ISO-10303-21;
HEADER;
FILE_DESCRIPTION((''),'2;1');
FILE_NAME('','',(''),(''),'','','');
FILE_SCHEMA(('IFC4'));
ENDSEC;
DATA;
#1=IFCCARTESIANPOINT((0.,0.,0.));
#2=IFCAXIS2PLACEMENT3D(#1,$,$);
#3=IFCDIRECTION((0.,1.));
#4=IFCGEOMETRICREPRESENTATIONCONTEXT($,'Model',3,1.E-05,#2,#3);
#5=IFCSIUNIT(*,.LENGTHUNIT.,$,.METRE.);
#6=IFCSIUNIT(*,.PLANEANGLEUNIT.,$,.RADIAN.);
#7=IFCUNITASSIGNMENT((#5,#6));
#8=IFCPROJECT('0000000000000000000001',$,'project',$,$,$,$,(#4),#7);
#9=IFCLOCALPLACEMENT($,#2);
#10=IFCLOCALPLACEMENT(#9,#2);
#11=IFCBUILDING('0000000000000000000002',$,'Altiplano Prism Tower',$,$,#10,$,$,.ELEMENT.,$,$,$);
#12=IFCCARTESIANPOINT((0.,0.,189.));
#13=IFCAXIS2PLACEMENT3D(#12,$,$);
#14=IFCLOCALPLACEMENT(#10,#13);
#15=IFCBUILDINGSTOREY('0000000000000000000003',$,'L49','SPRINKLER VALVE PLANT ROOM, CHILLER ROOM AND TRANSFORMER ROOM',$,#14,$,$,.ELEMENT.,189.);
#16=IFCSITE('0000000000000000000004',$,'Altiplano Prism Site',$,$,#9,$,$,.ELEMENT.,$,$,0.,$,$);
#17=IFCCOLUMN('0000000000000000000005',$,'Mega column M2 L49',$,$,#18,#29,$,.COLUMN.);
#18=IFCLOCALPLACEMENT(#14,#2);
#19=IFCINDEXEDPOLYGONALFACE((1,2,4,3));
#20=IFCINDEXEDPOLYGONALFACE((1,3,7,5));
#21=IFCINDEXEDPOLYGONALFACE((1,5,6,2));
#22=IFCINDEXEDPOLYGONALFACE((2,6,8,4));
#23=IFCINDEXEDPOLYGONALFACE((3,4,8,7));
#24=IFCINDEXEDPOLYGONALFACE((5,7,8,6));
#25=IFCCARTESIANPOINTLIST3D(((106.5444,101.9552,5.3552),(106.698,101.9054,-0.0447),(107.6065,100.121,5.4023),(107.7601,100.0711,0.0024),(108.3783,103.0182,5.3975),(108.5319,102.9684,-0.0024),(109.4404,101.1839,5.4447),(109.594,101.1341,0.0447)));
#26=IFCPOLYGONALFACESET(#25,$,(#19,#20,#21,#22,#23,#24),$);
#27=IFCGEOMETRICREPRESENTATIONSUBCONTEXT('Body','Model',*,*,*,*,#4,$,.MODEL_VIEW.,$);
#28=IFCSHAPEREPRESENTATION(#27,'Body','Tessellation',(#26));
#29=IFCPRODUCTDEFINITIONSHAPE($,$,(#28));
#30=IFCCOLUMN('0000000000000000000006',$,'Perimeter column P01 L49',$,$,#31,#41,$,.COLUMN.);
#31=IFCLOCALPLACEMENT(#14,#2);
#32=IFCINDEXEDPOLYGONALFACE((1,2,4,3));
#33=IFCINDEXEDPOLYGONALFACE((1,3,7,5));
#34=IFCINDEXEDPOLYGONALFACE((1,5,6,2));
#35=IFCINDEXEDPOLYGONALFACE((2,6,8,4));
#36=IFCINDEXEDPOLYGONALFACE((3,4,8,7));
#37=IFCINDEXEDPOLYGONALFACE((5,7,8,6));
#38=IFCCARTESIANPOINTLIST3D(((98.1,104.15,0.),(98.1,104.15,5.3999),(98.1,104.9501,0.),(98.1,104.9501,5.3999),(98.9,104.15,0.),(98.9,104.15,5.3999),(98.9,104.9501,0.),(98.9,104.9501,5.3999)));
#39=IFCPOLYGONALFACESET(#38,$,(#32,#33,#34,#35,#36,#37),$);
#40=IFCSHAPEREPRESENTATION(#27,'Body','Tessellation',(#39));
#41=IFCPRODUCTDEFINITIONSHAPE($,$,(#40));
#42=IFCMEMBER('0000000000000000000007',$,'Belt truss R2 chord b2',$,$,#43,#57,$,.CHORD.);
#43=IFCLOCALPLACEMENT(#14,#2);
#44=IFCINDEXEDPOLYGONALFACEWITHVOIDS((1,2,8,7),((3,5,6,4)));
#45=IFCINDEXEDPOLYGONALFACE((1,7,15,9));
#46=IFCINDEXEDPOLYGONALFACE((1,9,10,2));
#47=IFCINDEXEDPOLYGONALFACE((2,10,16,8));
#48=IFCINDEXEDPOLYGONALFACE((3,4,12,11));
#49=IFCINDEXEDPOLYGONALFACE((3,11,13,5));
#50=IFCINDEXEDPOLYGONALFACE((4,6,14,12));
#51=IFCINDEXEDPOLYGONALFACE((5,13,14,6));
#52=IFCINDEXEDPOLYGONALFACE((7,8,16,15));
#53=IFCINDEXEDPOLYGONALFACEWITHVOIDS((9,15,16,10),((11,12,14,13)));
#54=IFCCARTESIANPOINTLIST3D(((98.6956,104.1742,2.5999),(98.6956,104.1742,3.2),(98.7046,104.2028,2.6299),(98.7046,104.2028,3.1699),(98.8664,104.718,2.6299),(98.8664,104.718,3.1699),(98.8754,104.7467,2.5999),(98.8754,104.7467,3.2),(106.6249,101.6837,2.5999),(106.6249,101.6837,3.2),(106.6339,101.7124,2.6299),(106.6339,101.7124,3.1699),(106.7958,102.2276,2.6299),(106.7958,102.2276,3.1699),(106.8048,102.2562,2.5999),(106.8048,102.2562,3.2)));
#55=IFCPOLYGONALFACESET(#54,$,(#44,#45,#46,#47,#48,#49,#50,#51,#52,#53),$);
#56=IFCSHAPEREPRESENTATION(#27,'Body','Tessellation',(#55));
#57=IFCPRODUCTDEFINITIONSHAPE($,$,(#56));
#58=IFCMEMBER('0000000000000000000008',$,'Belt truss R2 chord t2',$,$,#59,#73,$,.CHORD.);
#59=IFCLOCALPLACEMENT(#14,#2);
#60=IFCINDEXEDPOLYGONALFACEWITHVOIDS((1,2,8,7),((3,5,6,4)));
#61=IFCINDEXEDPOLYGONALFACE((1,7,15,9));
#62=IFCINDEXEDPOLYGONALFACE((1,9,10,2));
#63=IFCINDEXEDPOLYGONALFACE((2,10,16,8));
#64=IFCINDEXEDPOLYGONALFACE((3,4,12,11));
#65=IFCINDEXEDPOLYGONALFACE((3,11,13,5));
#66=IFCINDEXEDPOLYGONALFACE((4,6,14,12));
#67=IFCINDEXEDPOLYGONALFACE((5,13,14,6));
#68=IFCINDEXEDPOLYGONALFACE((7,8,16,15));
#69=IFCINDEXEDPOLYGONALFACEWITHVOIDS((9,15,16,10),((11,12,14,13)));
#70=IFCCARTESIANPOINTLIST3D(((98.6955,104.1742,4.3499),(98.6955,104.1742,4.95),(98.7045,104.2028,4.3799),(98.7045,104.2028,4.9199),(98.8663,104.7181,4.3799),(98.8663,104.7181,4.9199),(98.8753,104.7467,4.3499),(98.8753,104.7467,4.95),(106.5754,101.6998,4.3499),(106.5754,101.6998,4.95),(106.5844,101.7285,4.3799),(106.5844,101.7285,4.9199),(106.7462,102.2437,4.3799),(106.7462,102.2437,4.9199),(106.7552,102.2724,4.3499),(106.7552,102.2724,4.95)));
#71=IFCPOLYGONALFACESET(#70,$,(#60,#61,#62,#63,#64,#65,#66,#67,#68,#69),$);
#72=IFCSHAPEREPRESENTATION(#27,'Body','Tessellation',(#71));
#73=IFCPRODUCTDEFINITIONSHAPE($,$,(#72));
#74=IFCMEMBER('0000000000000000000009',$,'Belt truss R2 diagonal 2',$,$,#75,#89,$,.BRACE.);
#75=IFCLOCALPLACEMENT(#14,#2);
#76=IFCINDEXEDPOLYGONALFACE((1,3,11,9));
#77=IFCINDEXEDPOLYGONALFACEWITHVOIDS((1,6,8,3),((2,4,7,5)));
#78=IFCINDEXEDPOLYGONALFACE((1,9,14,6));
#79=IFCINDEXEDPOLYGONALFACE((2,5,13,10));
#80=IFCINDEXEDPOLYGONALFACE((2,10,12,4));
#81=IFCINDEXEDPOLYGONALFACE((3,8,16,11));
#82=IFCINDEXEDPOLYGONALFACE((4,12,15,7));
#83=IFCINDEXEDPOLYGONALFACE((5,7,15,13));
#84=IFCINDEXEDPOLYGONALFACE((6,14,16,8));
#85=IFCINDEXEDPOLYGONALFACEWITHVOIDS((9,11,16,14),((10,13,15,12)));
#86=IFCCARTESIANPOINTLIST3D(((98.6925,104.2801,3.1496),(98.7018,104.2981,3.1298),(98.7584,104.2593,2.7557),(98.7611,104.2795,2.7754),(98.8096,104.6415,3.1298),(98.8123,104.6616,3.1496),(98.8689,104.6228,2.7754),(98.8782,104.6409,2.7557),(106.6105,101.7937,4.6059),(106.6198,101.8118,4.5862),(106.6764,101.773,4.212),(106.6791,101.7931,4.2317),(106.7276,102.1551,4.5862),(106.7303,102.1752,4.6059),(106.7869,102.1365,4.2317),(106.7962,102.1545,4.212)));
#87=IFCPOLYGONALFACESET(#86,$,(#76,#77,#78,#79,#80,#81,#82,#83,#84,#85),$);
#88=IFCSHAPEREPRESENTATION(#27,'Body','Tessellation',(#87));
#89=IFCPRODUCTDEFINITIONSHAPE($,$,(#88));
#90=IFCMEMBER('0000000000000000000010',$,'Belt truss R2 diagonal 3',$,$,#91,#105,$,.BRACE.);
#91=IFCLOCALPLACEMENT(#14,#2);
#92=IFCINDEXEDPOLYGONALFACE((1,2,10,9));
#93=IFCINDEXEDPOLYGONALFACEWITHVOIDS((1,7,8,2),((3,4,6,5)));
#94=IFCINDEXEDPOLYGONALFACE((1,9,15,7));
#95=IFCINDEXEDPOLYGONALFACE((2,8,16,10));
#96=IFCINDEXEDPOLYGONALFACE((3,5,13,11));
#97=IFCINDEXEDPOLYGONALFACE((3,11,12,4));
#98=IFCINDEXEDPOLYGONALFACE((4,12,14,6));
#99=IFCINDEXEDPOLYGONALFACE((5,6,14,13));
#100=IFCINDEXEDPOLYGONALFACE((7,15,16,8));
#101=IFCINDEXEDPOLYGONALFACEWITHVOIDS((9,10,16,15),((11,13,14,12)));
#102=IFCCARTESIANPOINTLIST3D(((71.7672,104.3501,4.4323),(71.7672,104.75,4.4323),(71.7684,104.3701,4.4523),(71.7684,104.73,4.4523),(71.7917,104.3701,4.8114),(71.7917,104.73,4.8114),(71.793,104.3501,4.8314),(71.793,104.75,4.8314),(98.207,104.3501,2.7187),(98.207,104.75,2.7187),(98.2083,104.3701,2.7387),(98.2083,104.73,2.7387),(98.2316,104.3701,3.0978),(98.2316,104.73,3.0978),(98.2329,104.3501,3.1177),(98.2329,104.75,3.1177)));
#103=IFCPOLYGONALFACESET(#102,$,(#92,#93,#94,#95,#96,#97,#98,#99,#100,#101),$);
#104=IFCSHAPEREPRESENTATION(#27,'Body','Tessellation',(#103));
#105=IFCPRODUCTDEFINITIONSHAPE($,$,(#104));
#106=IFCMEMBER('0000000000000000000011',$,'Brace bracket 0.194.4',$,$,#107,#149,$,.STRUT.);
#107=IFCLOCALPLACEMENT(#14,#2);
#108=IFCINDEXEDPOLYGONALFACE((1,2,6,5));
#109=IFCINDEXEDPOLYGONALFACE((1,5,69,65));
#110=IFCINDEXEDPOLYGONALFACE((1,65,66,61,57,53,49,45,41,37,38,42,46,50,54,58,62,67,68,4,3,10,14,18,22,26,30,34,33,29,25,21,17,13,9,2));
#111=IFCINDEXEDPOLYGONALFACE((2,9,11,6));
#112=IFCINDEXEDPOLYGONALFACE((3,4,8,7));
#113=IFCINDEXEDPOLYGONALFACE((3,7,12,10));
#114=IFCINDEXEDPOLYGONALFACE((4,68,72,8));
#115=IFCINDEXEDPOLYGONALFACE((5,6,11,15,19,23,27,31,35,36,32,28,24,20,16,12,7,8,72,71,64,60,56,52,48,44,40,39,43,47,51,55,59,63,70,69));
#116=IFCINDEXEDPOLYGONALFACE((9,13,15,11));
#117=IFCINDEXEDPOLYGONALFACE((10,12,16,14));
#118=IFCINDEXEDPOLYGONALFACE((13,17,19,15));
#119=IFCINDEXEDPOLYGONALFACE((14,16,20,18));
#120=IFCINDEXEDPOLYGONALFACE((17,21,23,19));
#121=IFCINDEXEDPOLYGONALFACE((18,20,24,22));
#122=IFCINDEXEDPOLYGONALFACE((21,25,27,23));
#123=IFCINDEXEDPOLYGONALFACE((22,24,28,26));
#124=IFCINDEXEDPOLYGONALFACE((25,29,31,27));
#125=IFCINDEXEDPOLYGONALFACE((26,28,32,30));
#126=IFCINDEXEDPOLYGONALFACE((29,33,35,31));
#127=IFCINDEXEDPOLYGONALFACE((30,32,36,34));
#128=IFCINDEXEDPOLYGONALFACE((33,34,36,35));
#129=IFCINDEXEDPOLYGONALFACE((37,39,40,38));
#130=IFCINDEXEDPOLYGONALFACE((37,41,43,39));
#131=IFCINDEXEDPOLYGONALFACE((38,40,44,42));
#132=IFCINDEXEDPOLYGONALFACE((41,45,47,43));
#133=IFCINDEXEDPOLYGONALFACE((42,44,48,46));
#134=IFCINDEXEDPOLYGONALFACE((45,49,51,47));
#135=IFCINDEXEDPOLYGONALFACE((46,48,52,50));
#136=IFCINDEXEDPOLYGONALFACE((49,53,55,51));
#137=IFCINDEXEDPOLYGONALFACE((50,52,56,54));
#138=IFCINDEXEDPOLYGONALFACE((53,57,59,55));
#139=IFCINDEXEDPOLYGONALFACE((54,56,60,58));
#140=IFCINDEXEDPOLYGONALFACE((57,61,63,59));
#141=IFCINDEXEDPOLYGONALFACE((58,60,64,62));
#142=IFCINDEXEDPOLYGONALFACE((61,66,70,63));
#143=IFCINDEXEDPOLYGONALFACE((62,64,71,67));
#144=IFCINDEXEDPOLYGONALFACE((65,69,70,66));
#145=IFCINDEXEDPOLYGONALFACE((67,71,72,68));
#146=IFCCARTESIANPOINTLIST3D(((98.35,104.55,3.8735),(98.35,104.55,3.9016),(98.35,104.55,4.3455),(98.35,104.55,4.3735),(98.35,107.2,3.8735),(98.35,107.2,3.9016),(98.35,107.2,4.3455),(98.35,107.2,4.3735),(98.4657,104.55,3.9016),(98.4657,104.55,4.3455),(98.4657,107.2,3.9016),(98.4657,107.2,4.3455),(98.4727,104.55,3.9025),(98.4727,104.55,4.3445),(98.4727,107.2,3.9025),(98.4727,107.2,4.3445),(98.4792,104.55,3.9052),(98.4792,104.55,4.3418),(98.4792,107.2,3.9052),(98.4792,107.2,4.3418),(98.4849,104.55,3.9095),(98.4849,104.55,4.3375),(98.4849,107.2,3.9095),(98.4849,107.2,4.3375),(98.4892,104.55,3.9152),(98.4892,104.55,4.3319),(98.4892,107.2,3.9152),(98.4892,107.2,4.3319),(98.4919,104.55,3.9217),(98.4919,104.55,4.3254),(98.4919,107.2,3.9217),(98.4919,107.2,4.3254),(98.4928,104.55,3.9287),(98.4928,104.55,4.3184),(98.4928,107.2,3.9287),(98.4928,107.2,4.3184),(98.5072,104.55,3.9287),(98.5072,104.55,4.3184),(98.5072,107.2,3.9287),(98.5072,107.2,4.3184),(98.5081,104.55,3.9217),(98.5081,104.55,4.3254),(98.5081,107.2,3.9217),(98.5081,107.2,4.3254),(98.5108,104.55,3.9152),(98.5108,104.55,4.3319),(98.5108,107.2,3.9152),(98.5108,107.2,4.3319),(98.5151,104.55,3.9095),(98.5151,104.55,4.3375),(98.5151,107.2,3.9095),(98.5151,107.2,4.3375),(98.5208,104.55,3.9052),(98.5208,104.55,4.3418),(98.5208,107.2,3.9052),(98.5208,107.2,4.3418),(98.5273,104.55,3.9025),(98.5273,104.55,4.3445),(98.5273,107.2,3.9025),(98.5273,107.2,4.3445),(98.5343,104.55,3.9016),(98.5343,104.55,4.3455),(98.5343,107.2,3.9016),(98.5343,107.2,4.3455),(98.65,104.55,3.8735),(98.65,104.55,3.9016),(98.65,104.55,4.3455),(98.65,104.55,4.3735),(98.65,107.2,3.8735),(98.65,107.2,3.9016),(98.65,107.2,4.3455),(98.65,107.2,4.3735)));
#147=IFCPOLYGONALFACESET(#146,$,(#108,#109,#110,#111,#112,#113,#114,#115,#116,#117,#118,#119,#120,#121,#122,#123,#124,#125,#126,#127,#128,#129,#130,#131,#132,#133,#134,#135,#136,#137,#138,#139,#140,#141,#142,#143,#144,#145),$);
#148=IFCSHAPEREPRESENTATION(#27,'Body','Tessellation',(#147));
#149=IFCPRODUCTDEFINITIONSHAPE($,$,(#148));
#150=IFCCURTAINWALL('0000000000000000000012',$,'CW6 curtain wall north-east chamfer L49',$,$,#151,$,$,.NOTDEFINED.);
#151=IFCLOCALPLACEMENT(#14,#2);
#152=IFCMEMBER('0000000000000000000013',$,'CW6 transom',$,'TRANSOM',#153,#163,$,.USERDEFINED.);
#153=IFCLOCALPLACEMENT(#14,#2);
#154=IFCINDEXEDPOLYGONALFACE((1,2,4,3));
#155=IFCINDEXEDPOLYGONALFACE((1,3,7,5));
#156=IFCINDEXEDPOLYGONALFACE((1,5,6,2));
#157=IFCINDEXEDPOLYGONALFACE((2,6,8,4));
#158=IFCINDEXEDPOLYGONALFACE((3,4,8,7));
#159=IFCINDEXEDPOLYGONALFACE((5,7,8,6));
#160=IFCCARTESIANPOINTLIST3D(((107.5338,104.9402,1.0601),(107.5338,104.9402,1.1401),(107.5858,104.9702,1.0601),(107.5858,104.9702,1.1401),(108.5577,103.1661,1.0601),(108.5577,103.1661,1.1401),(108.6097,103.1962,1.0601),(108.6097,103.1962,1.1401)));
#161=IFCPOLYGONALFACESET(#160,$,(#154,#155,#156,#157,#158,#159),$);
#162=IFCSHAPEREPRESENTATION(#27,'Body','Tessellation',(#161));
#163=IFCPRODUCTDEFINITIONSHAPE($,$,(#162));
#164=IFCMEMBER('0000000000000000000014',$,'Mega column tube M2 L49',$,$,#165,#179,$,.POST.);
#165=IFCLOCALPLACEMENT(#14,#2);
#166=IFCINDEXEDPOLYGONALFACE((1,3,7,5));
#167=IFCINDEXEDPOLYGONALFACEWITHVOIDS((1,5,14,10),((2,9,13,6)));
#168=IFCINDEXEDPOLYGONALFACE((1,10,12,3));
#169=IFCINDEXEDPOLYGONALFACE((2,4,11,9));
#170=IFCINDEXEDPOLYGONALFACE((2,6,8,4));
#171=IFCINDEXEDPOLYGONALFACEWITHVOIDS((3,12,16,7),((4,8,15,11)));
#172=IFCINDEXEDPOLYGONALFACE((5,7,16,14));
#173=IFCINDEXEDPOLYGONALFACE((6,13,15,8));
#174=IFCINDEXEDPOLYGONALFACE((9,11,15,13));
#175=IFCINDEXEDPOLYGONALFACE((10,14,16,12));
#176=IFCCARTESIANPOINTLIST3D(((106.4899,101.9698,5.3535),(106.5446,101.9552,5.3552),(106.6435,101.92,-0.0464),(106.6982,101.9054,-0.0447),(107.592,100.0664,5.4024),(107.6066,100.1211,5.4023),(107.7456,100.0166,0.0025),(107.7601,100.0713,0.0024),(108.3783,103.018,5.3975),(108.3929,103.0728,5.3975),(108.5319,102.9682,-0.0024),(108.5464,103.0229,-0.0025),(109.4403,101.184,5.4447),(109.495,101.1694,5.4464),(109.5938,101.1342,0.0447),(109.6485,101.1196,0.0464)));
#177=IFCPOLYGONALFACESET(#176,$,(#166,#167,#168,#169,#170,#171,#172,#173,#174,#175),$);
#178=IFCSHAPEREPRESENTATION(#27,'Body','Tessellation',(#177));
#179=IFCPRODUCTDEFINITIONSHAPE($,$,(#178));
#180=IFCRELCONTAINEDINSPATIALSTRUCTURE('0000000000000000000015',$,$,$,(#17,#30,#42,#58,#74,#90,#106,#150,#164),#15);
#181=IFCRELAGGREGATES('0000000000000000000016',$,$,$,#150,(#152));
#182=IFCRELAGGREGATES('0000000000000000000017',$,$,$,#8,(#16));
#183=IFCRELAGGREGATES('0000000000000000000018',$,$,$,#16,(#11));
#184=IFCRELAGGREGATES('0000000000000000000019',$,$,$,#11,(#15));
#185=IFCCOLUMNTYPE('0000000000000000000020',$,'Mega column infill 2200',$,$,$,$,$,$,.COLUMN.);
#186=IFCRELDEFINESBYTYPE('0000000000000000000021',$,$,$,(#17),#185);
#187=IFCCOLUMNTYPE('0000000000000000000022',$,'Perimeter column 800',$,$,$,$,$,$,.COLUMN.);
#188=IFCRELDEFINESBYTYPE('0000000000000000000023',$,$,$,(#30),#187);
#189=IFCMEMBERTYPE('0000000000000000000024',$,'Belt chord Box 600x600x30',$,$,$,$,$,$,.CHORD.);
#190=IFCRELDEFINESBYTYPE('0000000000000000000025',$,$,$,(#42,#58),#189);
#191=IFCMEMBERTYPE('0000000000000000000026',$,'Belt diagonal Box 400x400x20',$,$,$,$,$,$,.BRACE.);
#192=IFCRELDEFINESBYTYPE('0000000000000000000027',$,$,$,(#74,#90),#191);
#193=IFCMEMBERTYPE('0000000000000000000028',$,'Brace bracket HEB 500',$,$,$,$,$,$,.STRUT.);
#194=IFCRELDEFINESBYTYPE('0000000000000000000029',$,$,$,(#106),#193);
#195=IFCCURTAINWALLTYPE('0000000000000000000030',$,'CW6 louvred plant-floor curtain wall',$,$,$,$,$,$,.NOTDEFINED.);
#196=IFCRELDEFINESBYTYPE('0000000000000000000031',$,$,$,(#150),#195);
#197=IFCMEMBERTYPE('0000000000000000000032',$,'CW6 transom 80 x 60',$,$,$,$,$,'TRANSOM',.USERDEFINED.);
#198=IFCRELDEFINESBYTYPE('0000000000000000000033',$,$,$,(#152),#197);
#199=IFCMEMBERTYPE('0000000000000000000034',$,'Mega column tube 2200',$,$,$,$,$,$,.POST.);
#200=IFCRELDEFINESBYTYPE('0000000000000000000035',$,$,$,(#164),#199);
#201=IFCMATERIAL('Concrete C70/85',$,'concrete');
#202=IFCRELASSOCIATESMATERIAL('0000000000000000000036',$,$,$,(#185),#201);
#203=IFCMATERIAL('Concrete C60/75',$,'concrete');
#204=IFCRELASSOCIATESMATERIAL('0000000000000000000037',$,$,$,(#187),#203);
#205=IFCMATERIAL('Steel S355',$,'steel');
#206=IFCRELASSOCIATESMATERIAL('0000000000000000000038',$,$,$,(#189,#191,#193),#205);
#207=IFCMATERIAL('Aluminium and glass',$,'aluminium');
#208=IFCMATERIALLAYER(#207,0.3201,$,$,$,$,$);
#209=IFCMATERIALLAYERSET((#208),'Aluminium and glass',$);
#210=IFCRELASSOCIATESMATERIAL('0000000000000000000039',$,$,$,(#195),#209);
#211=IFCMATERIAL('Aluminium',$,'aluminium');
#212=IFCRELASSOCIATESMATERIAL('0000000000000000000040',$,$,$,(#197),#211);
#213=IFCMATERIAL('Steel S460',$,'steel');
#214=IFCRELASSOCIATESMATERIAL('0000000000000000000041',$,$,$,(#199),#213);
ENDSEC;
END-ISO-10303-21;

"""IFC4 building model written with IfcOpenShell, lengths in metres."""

from ifc_helpers import new_model, si_unit, direction, frame, origin, origin_2d, place, context, subcontext, project, spatial, rectangle, hollow_rectangle, i_section, extrude, material, layer, layer_set, material_profile, profile_set, type_object, element, aggregate, save


model = new_model("IFC4")

# Units and contexts
model_context = context("Model", 3, precision=1e-05, world=origin(), true_north=direction((0.0, 1.0)))
body_context = subcontext(model_context, "Body", "Model", "MODEL_VIEW")
ifc_project = project(units=[si_unit("LENGTHUNIT", "METRE"), si_unit("PLANEANGLEUNIT", "RADIAN")], contexts=[model_context])

# Site, building, storey
site_placement = place(None, origin())
site = spatial("IfcSite", under=ifc_project, at=site_placement, Name="Altiplano Prism Site", CompositionType="ELEMENT", RefElevation=0.0)
building_placement = place(site_placement, origin())
building = spatial("IfcBuilding", under=site, at=building_placement, Name="Altiplano Prism Tower", CompositionType="ELEMENT")
storey_placement = place(building_placement, frame((0.0, 0.0, 189.0)))
storey = spatial("IfcBuildingStorey", under=building, at=storey_placement, Name="L49", Description="SPRINKLER VALVE PLANT ROOM, CHILLER ROOM AND TRANSFORMER ROOM", CompositionType="ELEMENT", Elevation=189.0)

# Columns
ifc_material_1 = material(Name="Concrete C70/85", Category="concrete")
ifc_material_profile_1 = material_profile(ifc_material_1, rectangle(XDim=2.1201, YDim=2.1201, at=origin_2d()), Name="Mega column infill 2200")
ifc_profile_set_1 = profile_set([ifc_material_profile_1], Name="Concrete C70/85")
column_type_1 = type_object("IfcColumnType", Name="Mega column infill 2200", PredefinedType="COLUMN", material=ifc_profile_set_1)
column_1_placement = place(storey_placement, frame((108.146, 101.5198, 0.0), z_axis=(-0.028426, 0.009219, 0.999553), x_axis=(0.500959, -0.865186, 0.022226)))
element("IfcColumn", 1, at=column_1_placement, inside=storey, type_object=column_type_1, Name="Mega column M2 L49", PredefinedType="COLUMN", context=body_context, shape_type="SweptSolid", body=[
    extrude(rectangle(XDim=2.1201, YDim=2.1201, at=origin_2d()), origin(), (0.0, 0.0, 1.0), 5.4023),
])
ifc_material_2 = material(Name="Concrete C60/75", Category="concrete")
ifc_material_profile_2 = material_profile(ifc_material_2, rectangle(XDim=0.8, YDim=0.8, at=origin_2d()), Name="Perimeter column 800")
ifc_profile_set_2 = profile_set([ifc_material_profile_2], Name="Concrete C60/75")
column_type_2 = type_object("IfcColumnType", Name="Perimeter column 800", PredefinedType="COLUMN", material=ifc_profile_set_2)
column_2_placement = place(storey_placement, frame((98.5, 104.55, 0.0), z_axis=(0.0, 0.0, 1.0), x_axis=(1.0, 0.0, 0.0)))
element("IfcColumn", 2, at=column_2_placement, inside=storey, type_object=column_type_2, Name="Perimeter column P01 L49", PredefinedType="COLUMN", context=body_context, shape_type="SweptSolid", body=[
    extrude(rectangle(XDim=0.8, YDim=0.8, at=origin_2d()), origin(), (0.0, 0.0, 1.0), 5.3999),
])

# Members
ifc_material_3 = material(Name="Steel S355", Category="steel")
ifc_material_profile_3 = material_profile(ifc_material_3, hollow_rectangle(XDim=0.6001, YDim=0.6001, WallThickness=0.03, at=origin_2d()), Name="Belt chord Box 600x600x30")
ifc_profile_set_3 = profile_set([ifc_material_profile_3], Name="Steel S355")
member_type_1 = type_object("IfcMemberType", Name="Belt chord Box 600x600x30", PredefinedType="CHORD", material=ifc_profile_set_3)
member_1_placement = place(storey_placement, frame((106.7148, 101.97, 2.8999), z_axis=(-0.95405, 0.299648, 0.0), x_axis=(-0.299648, -0.95405, 0.0)))
element("IfcMember", 3, at=member_1_placement, inside=storey, type_object=member_type_1, Name="Belt truss R2 chord b2", PredefinedType="CHORD", context=body_context, shape_type="SweptSolid", body=[
    extrude(hollow_rectangle(XDim=0.6001, YDim=0.6001, WallThickness=0.03, at=origin_2d()), origin(), (0.0, 0.0, 1.0), 8.3113),
])
member_2_placement = place(storey_placement, frame((106.6653, 101.9861, 4.6499), z_axis=(-0.954069, 0.299588, 0.0), x_axis=(-0.299588, -0.954069, 0.0)))
element("IfcMember", 4, at=member_2_placement, inside=storey, type_object=member_type_1, Name="Belt truss R2 chord t2", PredefinedType="CHORD", context=body_context, shape_type="SweptSolid", body=[
    extrude(hollow_rectangle(XDim=0.6001, YDim=0.6001, WallThickness=0.03, at=origin_2d()), origin(), (0.0, 0.0, 1.0), 8.2593),
])
ifc_material_profile_4 = material_profile(ifc_material_3, hollow_rectangle(XDim=0.3999, YDim=0.3999, WallThickness=0.02, at=origin_2d()), Name="Belt diagonal Box 400x400x20")
ifc_profile_set_4 = profile_set([ifc_material_profile_4], Name="Steel S355")
member_type_2 = type_object("IfcMemberType", Name="Belt diagonal Box 400x400x20", PredefinedType="BRACE", material=ifc_profile_set_4)
member_3_placement = place(storey_placement, frame((106.7034, 101.9741, 4.4089), z_axis=(-0.939711, 0.295079, -0.172835), x_axis=(-0.299588, -0.954069, 0.0)))
element("IfcMember", 5, at=member_3_placement, inside=storey, type_object=member_type_2, Name="Belt truss R2 diagonal 2", PredefinedType="BRACE", context=body_context, shape_type="SweptSolid", body=[
    extrude(hollow_rectangle(XDim=0.3999, YDim=0.3999, WallThickness=0.02, at=origin_2d()), origin(), (0.0, 0.0, 1.0), 8.426),
])
member_4_placement = place(storey_placement, frame((98.22, 104.55, 2.9182), z_axis=(-0.997906, 0.0, 0.064676), x_axis=(0.0, -1.0, 0.0)))
element("IfcMember", 6, at=member_4_placement, inside=storey, type_object=member_type_2, Name="Belt truss R2 diagonal 3", PredefinedType="BRACE", context=body_context, shape_type="SweptSolid", body=[
    extrude(hollow_rectangle(XDim=0.3999, YDim=0.3999, WallThickness=0.02, at=origin_2d()), origin(), (0.0, 0.0, 1.0), 26.4954),
])
ifc_material_profile_5 = material_profile(ifc_material_3, i_section(OverallWidth=0.3, OverallDepth=0.5, WebThickness=0.0144, FlangeThickness=0.0281, FilletRadius=0.0271, at=origin_2d()), Name="Brace bracket HEB 500")
ifc_profile_set_5 = profile_set([ifc_material_profile_5], Name="Steel S355")
member_type_3 = type_object("IfcMemberType", Name="Brace bracket HEB 500", PredefinedType="STRUT", material=ifc_profile_set_5)
member_5_placement = place(storey_placement, frame((98.5, 104.55, 4.1235), z_axis=(0.0, 1.0, 0.0), x_axis=(-1.0, 0.0, 0.0)))
element("IfcMember", 7, at=member_5_placement, inside=storey, type_object=member_type_3, Name="Brace bracket 0.194.4", PredefinedType="STRUT", context=body_context, shape_type="SweptSolid", body=[
    extrude(i_section(OverallWidth=0.3, OverallDepth=0.5, WebThickness=0.0144, FlangeThickness=0.0281, FilletRadius=0.0271, at=origin_2d()), origin(), (0.0, 0.0, 1.0), 2.6499),
])

# Curtain wall, member
ifc_material_4 = material(Name="Aluminium and glass", Category="aluminium")
ifc_layer_1 = layer(ifc_material_4, 0.3201)
ifc_layer_set_1 = layer_set([ifc_layer_1], Name="Aluminium and glass")
curtain_wall_type = type_object("IfcCurtainWallType", Name="CW6 louvred plant-floor curtain wall", PredefinedType="NOTDEFINED", material=ifc_layer_set_1)
curtain_wall_placement = place(storey_placement, origin())
curtain_wall = element("IfcCurtainWall", 8, at=curtain_wall_placement, inside=storey, type_object=curtain_wall_type, Name="CW6 curtain wall north-east chamfer L49", PredefinedType="NOTDEFINED")
ifc_material_5 = material(Name="Aluminium", Category="aluminium")
ifc_material_profile_6 = material_profile(ifc_material_5, rectangle(XDim=0.0601, YDim=0.0801, at=origin_2d()), Name="CW6 transom 80 x 60")
ifc_profile_set_6 = profile_set([ifc_material_profile_6], Name="Aluminium")
member_type_4 = type_object("IfcMemberType", Name="CW6 transom 80 x 60", ElementType="TRANSOM", PredefinedType="USERDEFINED", material=ifc_profile_set_6)
member_6_placement = place(storey_placement, frame((108.5837, 103.1812, 1.1001), z_axis=(-0.499908, 0.866078, 0.0), x_axis=(-0.866078, -0.499908, 0.0)))
member_6 = element("IfcMember", 9, at=member_6_placement, type_object=member_type_4, Name="CW6 transom", ObjectType="TRANSOM", PredefinedType="USERDEFINED", context=body_context, shape_type="SweptSolid", body=[
    extrude(rectangle(XDim=0.0601, YDim=0.0801, at=origin_2d()), origin(), (0.0, 0.0, 1.0), 2.0483),
])

# Member
ifc_material_6 = material(Name="Steel S460", Category="steel")
ifc_material_profile_7 = material_profile(ifc_material_6, hollow_rectangle(XDim=2.2, YDim=2.2, WallThickness=0.04, at=origin_2d()), Name="Mega column tube 2200")
ifc_profile_set_7 = profile_set([ifc_material_profile_7], Name="Steel S460")
member_type_5 = type_object("IfcMemberType", Name="Mega column tube 2200", PredefinedType="POST", material=ifc_profile_set_7)
member_7_placement = place(storey_placement, frame((108.146, 101.5198, 0.0), z_axis=(-0.028426, 0.009219, 0.999553), x_axis=(0.500959, -0.865186, 0.022226)))
element("IfcMember", 10, at=member_7_placement, inside=storey, type_object=member_type_5, Name="Mega column tube M2 L49", PredefinedType="POST", context=body_context, shape_type="SweptSolid", body=[
    extrude(hollow_rectangle(XDim=2.2, YDim=2.2, WallThickness=0.04, at=origin_2d()), origin(), (0.0, 0.0, 1.0), 5.4023),
])

aggregate(curtain_wall, [member_6])

save(model, "model.ifc")
